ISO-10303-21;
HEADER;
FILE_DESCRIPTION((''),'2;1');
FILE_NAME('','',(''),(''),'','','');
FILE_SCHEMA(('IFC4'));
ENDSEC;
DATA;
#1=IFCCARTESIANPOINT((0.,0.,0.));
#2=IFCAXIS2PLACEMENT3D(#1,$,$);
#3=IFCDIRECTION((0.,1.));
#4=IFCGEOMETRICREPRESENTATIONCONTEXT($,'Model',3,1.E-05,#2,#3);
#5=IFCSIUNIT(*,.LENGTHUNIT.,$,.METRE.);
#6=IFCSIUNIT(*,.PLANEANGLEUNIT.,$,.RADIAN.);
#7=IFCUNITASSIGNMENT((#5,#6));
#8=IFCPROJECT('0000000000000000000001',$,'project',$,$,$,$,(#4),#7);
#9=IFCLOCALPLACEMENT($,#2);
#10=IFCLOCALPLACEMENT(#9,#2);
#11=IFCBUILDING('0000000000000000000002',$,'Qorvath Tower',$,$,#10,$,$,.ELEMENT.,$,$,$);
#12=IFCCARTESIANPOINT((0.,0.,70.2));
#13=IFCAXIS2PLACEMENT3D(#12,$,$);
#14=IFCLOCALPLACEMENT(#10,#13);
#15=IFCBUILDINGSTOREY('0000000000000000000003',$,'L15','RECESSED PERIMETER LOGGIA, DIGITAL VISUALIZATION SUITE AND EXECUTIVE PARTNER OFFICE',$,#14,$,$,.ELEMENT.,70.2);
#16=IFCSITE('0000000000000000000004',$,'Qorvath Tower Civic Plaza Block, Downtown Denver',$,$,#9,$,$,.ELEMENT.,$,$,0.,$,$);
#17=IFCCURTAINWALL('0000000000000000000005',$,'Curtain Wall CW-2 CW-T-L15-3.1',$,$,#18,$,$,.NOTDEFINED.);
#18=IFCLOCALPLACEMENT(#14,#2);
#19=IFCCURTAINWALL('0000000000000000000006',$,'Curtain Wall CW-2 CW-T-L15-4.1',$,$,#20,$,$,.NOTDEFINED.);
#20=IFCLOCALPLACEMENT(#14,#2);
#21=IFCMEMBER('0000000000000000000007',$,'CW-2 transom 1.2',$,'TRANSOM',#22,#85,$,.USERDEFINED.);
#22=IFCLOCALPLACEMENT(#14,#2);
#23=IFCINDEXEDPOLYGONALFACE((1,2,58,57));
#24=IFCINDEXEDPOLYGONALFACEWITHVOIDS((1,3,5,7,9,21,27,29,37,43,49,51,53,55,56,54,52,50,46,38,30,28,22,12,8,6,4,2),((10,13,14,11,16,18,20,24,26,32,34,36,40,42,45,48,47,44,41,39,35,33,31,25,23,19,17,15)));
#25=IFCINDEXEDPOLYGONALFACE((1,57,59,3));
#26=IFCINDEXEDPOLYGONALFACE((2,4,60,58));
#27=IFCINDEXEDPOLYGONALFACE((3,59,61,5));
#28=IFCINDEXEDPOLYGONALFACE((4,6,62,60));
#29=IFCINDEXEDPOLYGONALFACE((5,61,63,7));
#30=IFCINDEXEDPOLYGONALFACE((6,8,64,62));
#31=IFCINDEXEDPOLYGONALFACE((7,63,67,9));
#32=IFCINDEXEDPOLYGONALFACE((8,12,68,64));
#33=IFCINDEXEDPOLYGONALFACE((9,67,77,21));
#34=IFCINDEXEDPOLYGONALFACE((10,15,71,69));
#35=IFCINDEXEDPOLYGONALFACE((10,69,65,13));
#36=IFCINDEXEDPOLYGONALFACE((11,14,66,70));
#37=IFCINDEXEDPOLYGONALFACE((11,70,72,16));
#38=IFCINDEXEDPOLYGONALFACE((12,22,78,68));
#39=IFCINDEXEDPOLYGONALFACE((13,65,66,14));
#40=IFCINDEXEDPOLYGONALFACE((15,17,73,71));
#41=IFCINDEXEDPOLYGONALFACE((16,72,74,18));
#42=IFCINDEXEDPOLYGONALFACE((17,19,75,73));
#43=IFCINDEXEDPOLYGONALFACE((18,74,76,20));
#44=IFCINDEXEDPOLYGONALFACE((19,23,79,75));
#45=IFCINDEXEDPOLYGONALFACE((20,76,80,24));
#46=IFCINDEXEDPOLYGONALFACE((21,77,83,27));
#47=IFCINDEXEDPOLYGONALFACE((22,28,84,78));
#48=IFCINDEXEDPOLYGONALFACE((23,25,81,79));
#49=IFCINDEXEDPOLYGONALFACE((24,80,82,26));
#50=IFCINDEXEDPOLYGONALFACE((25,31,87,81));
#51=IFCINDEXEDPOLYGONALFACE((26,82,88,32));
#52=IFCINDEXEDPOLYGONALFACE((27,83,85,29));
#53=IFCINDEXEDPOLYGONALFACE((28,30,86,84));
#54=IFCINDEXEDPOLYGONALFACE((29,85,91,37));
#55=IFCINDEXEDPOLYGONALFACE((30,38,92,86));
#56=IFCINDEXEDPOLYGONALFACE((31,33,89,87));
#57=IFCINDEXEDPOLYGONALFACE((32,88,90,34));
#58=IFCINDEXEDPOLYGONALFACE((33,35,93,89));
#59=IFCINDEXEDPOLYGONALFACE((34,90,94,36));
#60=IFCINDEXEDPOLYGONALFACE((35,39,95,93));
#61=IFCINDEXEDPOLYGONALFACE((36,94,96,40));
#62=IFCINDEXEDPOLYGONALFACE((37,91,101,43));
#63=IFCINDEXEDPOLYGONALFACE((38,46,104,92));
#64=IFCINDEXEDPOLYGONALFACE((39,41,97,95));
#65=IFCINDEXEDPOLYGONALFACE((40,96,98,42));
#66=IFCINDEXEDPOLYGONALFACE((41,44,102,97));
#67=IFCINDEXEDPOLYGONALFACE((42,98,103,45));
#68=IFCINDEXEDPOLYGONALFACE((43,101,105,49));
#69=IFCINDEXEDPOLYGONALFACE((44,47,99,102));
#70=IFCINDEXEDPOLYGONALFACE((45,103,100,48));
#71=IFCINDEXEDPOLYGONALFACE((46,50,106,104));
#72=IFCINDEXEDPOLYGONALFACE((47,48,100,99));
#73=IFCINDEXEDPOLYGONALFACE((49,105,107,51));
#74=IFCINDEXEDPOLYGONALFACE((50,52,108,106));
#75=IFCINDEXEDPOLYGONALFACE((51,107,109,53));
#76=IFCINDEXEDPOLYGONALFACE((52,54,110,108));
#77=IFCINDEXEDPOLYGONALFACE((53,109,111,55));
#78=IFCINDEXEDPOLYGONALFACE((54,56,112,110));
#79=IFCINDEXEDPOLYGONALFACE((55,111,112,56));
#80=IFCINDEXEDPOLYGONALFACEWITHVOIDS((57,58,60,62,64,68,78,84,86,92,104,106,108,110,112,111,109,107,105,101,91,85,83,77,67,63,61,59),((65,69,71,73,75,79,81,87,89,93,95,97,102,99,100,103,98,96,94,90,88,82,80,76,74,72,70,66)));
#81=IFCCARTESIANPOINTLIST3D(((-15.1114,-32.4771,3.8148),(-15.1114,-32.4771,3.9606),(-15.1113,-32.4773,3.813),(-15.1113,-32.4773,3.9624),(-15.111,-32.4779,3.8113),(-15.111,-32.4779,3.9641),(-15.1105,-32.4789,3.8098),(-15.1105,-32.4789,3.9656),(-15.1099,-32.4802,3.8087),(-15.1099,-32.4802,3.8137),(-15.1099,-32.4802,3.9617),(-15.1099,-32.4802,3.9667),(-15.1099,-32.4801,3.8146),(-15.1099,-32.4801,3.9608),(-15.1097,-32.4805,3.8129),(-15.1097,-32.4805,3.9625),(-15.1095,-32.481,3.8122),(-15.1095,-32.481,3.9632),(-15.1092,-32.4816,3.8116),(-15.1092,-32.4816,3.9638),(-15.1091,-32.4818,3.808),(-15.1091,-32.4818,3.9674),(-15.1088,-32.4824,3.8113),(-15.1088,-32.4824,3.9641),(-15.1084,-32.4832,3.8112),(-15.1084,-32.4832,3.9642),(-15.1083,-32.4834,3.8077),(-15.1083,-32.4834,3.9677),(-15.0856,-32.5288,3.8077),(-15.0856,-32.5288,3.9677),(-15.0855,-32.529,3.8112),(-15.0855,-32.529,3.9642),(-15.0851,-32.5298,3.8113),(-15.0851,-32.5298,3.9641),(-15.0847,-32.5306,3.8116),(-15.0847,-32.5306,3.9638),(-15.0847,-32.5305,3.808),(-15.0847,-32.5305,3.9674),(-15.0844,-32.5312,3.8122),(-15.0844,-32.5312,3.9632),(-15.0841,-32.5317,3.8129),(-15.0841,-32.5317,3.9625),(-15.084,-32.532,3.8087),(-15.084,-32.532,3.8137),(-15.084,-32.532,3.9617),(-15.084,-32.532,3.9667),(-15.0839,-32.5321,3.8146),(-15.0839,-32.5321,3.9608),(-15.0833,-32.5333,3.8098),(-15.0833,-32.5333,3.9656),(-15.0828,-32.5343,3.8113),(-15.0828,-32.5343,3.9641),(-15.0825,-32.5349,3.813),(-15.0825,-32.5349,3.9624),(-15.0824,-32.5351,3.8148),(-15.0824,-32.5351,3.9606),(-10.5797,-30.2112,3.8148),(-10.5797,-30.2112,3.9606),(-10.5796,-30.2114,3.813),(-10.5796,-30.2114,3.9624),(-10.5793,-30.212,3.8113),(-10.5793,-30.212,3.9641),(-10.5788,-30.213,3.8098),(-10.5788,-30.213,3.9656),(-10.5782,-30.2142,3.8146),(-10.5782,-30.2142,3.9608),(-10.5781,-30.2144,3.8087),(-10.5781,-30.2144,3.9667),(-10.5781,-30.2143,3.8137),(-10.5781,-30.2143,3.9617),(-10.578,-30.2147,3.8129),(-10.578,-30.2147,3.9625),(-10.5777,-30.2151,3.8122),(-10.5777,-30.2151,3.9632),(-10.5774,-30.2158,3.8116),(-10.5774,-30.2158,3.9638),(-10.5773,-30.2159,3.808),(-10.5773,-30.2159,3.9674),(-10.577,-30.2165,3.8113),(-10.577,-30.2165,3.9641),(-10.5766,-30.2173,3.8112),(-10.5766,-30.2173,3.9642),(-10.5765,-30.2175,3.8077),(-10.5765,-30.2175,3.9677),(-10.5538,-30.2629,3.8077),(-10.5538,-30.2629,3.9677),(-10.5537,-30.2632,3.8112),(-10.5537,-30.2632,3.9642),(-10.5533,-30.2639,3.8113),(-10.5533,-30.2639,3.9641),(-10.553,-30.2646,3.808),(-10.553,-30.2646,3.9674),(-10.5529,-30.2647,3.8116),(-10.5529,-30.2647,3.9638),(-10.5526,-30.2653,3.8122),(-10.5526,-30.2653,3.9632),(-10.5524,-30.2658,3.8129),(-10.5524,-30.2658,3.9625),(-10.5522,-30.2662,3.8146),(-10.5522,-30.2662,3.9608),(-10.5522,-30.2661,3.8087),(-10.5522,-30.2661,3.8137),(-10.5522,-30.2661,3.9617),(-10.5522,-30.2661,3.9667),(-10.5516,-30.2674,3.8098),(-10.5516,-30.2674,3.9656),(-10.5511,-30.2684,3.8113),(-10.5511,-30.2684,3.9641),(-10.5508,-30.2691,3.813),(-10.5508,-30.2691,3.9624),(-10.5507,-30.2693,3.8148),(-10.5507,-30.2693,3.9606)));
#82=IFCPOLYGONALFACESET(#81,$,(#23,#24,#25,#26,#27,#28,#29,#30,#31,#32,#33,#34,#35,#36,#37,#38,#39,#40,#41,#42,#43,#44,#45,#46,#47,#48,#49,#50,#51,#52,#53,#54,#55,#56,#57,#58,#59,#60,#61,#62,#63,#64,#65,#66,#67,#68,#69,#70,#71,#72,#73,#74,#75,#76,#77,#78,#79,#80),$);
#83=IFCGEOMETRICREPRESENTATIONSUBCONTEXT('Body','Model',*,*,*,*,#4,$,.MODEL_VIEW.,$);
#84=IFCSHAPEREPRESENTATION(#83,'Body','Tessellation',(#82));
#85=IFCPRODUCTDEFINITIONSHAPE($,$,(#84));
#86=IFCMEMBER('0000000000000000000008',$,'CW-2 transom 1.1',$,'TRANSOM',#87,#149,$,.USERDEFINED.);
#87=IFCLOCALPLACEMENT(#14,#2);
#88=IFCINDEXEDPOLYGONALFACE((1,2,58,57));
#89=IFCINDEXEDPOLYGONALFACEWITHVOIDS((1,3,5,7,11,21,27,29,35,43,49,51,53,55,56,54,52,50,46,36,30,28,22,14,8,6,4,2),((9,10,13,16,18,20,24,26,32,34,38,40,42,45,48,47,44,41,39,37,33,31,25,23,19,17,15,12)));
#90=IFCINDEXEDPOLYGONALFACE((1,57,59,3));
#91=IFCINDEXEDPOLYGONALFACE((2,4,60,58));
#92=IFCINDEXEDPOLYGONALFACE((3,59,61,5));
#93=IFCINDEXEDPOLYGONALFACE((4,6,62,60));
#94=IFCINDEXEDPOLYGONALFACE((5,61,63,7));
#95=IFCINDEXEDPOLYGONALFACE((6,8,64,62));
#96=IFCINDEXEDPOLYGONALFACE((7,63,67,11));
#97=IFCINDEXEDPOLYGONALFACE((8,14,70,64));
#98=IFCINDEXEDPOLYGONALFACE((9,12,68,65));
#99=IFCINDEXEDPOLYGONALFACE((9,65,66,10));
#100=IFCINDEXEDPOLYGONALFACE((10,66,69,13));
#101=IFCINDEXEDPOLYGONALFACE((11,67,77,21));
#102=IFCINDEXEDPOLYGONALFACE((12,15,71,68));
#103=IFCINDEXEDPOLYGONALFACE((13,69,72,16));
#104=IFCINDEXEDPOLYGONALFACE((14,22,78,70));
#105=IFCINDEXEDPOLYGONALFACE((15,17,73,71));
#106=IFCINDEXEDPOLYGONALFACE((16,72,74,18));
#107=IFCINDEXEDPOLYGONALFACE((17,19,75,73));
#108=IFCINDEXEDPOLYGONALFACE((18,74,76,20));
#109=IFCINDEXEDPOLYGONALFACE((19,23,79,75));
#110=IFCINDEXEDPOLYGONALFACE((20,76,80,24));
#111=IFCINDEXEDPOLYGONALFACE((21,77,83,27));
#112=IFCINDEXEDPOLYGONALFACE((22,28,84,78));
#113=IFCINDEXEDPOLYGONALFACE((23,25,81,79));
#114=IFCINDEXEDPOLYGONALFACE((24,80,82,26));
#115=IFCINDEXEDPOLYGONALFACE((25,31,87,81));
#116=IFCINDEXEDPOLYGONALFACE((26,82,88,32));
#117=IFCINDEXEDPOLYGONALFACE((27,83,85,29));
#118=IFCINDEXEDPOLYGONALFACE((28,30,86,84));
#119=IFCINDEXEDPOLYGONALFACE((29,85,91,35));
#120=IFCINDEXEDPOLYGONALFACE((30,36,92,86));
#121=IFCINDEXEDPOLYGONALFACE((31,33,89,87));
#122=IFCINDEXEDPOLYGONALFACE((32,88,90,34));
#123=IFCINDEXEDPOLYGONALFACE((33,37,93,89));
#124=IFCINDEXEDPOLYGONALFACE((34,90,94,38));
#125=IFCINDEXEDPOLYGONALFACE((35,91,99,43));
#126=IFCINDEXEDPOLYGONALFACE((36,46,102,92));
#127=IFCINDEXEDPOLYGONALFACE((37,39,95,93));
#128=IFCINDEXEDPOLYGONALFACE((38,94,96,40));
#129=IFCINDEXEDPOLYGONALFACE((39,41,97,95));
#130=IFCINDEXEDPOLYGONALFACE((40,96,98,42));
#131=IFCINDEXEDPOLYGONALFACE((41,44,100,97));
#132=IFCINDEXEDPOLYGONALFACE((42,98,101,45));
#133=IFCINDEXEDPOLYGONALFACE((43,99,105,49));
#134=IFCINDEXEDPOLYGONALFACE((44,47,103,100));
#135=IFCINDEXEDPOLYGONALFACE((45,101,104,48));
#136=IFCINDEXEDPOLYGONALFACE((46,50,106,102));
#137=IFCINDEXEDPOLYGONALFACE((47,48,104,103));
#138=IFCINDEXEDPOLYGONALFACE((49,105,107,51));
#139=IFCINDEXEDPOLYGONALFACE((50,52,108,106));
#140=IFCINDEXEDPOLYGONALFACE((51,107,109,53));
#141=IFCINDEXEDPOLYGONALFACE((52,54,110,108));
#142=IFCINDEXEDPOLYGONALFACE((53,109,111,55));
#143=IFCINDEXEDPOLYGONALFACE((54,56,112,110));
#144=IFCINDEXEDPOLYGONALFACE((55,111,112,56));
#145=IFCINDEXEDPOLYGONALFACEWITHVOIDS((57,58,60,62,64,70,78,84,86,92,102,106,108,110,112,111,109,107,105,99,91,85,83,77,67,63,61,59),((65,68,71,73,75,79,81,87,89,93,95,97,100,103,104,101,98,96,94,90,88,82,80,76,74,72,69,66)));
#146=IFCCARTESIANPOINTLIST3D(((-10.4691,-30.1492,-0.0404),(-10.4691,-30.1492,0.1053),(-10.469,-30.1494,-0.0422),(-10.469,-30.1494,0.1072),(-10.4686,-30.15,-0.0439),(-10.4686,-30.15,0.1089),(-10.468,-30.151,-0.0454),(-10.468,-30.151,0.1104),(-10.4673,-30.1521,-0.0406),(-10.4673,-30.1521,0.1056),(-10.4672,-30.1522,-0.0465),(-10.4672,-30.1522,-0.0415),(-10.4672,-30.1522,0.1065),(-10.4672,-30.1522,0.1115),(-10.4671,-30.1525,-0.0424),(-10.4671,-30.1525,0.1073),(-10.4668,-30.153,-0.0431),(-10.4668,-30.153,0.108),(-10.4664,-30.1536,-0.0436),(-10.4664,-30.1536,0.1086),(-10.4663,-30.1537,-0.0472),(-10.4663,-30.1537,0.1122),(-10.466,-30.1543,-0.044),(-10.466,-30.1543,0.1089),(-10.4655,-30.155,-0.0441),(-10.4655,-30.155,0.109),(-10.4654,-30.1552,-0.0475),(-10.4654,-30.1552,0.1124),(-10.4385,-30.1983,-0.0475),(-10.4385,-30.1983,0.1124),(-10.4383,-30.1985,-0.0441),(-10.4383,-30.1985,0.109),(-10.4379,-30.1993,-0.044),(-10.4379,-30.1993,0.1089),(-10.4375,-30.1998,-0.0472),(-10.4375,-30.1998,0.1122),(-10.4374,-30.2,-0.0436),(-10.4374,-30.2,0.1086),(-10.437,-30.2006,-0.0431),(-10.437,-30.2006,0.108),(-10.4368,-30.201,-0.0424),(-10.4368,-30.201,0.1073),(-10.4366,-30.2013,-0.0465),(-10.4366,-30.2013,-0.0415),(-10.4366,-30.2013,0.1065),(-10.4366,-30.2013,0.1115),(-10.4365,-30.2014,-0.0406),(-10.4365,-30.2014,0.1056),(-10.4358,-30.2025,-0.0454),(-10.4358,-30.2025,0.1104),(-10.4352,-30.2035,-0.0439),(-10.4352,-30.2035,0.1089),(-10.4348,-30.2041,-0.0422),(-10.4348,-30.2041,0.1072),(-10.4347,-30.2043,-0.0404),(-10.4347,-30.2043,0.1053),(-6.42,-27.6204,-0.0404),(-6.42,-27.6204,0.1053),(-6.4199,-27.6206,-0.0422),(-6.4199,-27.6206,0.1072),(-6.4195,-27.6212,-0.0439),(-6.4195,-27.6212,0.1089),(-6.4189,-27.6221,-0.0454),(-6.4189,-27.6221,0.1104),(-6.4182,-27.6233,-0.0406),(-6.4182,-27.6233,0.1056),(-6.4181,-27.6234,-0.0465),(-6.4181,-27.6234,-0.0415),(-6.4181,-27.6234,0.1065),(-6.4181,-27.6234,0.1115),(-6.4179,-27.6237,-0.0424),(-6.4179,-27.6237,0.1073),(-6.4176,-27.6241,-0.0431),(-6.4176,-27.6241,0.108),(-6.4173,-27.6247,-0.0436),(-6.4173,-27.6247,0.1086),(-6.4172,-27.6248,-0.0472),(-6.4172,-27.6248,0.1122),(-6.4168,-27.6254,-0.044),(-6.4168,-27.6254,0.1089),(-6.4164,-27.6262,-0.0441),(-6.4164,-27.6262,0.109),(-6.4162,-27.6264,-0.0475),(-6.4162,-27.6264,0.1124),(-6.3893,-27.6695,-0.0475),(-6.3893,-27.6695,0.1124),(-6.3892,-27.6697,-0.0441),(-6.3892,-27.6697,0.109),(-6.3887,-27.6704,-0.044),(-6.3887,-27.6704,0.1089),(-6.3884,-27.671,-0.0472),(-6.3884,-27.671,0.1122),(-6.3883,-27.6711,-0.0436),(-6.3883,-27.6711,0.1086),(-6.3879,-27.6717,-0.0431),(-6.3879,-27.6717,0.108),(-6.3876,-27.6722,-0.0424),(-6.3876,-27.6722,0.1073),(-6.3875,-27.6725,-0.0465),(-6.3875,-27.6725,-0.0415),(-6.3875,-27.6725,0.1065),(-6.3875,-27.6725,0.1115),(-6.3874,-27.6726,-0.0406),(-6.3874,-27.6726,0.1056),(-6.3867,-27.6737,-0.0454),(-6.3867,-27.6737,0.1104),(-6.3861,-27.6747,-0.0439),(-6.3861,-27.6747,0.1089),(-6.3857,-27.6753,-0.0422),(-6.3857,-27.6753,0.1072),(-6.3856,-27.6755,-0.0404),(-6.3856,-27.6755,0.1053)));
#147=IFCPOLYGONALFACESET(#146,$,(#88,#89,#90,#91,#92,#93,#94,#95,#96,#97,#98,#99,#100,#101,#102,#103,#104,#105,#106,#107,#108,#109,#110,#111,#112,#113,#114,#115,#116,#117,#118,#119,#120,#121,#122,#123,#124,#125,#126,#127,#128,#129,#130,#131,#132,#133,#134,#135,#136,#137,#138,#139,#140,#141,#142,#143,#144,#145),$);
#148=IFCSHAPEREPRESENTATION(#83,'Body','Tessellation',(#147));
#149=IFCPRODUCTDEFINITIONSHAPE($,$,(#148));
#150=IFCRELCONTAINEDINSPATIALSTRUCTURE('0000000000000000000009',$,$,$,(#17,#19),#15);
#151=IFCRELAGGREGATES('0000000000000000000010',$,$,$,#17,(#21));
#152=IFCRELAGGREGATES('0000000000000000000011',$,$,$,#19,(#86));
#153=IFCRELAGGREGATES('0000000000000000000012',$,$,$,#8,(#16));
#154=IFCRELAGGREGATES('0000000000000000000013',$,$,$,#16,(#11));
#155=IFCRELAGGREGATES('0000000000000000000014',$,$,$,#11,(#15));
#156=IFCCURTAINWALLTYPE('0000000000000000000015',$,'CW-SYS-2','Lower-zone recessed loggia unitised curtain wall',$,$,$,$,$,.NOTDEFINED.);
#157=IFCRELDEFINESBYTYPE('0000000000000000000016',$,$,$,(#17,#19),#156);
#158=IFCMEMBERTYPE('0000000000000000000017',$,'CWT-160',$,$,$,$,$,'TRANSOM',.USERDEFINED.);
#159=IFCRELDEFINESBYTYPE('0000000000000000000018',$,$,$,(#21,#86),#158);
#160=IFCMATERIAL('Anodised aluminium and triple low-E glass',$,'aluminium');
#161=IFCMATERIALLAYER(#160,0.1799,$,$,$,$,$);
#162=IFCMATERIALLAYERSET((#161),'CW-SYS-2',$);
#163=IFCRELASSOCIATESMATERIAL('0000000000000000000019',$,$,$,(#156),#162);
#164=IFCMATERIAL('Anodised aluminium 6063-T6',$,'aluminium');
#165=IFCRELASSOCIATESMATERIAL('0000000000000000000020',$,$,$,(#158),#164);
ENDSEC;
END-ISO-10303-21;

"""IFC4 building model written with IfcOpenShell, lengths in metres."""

from ifc_helpers import new_model, si_unit, direction, frame, origin, origin_2d, place, context, subcontext, project, spatial, hollow_rectangle, extrude, material, layer, layer_set, material_profile, profile_set, type_object, element, aggregate, save


model = new_model("IFC4")

# Units and contexts
model_context = context("Model", 3, precision=1e-05, world=origin(), true_north=direction((0.0, 1.0)))
body_context = subcontext(model_context, "Body", "Model", "MODEL_VIEW")
ifc_project = project(units=[si_unit("LENGTHUNIT", "METRE"), si_unit("PLANEANGLEUNIT", "RADIAN")], contexts=[model_context])

# Site, building, storey
site_placement = place(None, origin())
site = spatial("IfcSite", under=ifc_project, at=site_placement, Name="Qorvath Tower Civic Plaza Block, Downtown Denver", CompositionType="ELEMENT", RefElevation=0.0)
building_placement = place(site_placement, origin())
building = spatial("IfcBuilding", under=site, at=building_placement, Name="Qorvath Tower", CompositionType="ELEMENT")
storey_placement = place(building_placement, frame((0.0, 0.0, 70.2)))
storey = spatial("IfcBuildingStorey", under=building, at=storey_placement, Name="L15", Description="RECESSED PERIMETER LOGGIA, DIGITAL VISUALIZATION SUITE AND EXECUTIVE PARTNER OFFICE", CompositionType="ELEMENT", Elevation=70.2)

# Shared definitions
ifc_material_1 = material(Name="Anodised aluminium and triple low-E glass", Category="aluminium")
ifc_layer_1 = layer(ifc_material_1, 0.1799)
ifc_layer_set_1 = layer_set([ifc_layer_1], Name="CW-SYS-2")
curtain_wall_type = type_object("IfcCurtainWallType", Name="CW-SYS-2", Description="Lower-zone recessed loggia unitised curtain wall", PredefinedType="NOTDEFINED", material=ifc_layer_set_1)

# Curtain walls
curtain_wall_1_placement = place(storey_placement, origin())
curtain_wall_1 = element("IfcCurtainWall", 1, at=curtain_wall_1_placement, inside=storey, type_object=curtain_wall_type, Name="Curtain Wall CW-2 CW-T-L15-3.1", PredefinedType="NOTDEFINED")
curtain_wall_2_placement = place(storey_placement, origin())
curtain_wall_2 = element("IfcCurtainWall", 2, at=curtain_wall_2_placement, inside=storey, type_object=curtain_wall_type, Name="Curtain Wall CW-2 CW-T-L15-4.1", PredefinedType="NOTDEFINED")

# Members
ifc_material_2 = material(Name="Anodised aluminium 6063-T6", Category="aluminium")
ifc_material_profile_1 = material_profile(ifc_material_2, hollow_rectangle(XDim=0.0649, YDim=0.1599, WallThickness=0.0034, InnerFilletRadius=0.0034, OuterFilletRadius=0.0071, at=origin_2d()), Name="CWT 160x65")
ifc_profile_set_1 = profile_set([ifc_material_profile_1], Name="Anodised aluminium 6063-T6")
member_type_1 = type_object("IfcMemberType", Name="CWT-160", ElementType="TRANSOM", PredefinedType="USERDEFINED", material=ifc_profile_set_1)
member_1_placement = place(storey_placement, frame((-15.0969, -32.5061, 3.8877), z_axis=(0.894427, 0.447214, 0.0), x_axis=(-0.447214, 0.894427, 0.0)))
member_1 = element("IfcMember", 3, at=member_1_placement, type_object=member_type_1, Name="CW-2 transom 1.2", ObjectType="TRANSOM", PredefinedType="USERDEFINED", context=body_context, shape_type="SweptSolid", body=[
    extrude(hollow_rectangle(XDim=0.0649, YDim=0.1599, WallThickness=0.0034, InnerFilletRadius=0.0034, OuterFilletRadius=0.0071, at=origin_2d()), origin(), (0.0, 0.0, 1.0), 5.0667),
])
member_2_placement = place(storey_placement, frame((-10.4519, -30.1768, 0.0325), z_axis=(0.848174, 0.529718, 0.0), x_axis=(-0.529718, 0.848174, 0.0)))
member_2 = element("IfcMember", 4, at=member_2_placement, type_object=member_type_1, Name="CW-2 transom 1.1", ObjectType="TRANSOM", PredefinedType="USERDEFINED", context=body_context, shape_type="SweptSolid", body=[
    extrude(hollow_rectangle(XDim=0.0649, YDim=0.1599, WallThickness=0.0034, InnerFilletRadius=0.0034, OuterFilletRadius=0.0071, at=origin_2d()), origin(), (0.0, 0.0, 1.0), 4.7739),
])

aggregate(curtain_wall_1, [member_1])
aggregate(curtain_wall_2, [member_2])

save(model, "model.ifc")
